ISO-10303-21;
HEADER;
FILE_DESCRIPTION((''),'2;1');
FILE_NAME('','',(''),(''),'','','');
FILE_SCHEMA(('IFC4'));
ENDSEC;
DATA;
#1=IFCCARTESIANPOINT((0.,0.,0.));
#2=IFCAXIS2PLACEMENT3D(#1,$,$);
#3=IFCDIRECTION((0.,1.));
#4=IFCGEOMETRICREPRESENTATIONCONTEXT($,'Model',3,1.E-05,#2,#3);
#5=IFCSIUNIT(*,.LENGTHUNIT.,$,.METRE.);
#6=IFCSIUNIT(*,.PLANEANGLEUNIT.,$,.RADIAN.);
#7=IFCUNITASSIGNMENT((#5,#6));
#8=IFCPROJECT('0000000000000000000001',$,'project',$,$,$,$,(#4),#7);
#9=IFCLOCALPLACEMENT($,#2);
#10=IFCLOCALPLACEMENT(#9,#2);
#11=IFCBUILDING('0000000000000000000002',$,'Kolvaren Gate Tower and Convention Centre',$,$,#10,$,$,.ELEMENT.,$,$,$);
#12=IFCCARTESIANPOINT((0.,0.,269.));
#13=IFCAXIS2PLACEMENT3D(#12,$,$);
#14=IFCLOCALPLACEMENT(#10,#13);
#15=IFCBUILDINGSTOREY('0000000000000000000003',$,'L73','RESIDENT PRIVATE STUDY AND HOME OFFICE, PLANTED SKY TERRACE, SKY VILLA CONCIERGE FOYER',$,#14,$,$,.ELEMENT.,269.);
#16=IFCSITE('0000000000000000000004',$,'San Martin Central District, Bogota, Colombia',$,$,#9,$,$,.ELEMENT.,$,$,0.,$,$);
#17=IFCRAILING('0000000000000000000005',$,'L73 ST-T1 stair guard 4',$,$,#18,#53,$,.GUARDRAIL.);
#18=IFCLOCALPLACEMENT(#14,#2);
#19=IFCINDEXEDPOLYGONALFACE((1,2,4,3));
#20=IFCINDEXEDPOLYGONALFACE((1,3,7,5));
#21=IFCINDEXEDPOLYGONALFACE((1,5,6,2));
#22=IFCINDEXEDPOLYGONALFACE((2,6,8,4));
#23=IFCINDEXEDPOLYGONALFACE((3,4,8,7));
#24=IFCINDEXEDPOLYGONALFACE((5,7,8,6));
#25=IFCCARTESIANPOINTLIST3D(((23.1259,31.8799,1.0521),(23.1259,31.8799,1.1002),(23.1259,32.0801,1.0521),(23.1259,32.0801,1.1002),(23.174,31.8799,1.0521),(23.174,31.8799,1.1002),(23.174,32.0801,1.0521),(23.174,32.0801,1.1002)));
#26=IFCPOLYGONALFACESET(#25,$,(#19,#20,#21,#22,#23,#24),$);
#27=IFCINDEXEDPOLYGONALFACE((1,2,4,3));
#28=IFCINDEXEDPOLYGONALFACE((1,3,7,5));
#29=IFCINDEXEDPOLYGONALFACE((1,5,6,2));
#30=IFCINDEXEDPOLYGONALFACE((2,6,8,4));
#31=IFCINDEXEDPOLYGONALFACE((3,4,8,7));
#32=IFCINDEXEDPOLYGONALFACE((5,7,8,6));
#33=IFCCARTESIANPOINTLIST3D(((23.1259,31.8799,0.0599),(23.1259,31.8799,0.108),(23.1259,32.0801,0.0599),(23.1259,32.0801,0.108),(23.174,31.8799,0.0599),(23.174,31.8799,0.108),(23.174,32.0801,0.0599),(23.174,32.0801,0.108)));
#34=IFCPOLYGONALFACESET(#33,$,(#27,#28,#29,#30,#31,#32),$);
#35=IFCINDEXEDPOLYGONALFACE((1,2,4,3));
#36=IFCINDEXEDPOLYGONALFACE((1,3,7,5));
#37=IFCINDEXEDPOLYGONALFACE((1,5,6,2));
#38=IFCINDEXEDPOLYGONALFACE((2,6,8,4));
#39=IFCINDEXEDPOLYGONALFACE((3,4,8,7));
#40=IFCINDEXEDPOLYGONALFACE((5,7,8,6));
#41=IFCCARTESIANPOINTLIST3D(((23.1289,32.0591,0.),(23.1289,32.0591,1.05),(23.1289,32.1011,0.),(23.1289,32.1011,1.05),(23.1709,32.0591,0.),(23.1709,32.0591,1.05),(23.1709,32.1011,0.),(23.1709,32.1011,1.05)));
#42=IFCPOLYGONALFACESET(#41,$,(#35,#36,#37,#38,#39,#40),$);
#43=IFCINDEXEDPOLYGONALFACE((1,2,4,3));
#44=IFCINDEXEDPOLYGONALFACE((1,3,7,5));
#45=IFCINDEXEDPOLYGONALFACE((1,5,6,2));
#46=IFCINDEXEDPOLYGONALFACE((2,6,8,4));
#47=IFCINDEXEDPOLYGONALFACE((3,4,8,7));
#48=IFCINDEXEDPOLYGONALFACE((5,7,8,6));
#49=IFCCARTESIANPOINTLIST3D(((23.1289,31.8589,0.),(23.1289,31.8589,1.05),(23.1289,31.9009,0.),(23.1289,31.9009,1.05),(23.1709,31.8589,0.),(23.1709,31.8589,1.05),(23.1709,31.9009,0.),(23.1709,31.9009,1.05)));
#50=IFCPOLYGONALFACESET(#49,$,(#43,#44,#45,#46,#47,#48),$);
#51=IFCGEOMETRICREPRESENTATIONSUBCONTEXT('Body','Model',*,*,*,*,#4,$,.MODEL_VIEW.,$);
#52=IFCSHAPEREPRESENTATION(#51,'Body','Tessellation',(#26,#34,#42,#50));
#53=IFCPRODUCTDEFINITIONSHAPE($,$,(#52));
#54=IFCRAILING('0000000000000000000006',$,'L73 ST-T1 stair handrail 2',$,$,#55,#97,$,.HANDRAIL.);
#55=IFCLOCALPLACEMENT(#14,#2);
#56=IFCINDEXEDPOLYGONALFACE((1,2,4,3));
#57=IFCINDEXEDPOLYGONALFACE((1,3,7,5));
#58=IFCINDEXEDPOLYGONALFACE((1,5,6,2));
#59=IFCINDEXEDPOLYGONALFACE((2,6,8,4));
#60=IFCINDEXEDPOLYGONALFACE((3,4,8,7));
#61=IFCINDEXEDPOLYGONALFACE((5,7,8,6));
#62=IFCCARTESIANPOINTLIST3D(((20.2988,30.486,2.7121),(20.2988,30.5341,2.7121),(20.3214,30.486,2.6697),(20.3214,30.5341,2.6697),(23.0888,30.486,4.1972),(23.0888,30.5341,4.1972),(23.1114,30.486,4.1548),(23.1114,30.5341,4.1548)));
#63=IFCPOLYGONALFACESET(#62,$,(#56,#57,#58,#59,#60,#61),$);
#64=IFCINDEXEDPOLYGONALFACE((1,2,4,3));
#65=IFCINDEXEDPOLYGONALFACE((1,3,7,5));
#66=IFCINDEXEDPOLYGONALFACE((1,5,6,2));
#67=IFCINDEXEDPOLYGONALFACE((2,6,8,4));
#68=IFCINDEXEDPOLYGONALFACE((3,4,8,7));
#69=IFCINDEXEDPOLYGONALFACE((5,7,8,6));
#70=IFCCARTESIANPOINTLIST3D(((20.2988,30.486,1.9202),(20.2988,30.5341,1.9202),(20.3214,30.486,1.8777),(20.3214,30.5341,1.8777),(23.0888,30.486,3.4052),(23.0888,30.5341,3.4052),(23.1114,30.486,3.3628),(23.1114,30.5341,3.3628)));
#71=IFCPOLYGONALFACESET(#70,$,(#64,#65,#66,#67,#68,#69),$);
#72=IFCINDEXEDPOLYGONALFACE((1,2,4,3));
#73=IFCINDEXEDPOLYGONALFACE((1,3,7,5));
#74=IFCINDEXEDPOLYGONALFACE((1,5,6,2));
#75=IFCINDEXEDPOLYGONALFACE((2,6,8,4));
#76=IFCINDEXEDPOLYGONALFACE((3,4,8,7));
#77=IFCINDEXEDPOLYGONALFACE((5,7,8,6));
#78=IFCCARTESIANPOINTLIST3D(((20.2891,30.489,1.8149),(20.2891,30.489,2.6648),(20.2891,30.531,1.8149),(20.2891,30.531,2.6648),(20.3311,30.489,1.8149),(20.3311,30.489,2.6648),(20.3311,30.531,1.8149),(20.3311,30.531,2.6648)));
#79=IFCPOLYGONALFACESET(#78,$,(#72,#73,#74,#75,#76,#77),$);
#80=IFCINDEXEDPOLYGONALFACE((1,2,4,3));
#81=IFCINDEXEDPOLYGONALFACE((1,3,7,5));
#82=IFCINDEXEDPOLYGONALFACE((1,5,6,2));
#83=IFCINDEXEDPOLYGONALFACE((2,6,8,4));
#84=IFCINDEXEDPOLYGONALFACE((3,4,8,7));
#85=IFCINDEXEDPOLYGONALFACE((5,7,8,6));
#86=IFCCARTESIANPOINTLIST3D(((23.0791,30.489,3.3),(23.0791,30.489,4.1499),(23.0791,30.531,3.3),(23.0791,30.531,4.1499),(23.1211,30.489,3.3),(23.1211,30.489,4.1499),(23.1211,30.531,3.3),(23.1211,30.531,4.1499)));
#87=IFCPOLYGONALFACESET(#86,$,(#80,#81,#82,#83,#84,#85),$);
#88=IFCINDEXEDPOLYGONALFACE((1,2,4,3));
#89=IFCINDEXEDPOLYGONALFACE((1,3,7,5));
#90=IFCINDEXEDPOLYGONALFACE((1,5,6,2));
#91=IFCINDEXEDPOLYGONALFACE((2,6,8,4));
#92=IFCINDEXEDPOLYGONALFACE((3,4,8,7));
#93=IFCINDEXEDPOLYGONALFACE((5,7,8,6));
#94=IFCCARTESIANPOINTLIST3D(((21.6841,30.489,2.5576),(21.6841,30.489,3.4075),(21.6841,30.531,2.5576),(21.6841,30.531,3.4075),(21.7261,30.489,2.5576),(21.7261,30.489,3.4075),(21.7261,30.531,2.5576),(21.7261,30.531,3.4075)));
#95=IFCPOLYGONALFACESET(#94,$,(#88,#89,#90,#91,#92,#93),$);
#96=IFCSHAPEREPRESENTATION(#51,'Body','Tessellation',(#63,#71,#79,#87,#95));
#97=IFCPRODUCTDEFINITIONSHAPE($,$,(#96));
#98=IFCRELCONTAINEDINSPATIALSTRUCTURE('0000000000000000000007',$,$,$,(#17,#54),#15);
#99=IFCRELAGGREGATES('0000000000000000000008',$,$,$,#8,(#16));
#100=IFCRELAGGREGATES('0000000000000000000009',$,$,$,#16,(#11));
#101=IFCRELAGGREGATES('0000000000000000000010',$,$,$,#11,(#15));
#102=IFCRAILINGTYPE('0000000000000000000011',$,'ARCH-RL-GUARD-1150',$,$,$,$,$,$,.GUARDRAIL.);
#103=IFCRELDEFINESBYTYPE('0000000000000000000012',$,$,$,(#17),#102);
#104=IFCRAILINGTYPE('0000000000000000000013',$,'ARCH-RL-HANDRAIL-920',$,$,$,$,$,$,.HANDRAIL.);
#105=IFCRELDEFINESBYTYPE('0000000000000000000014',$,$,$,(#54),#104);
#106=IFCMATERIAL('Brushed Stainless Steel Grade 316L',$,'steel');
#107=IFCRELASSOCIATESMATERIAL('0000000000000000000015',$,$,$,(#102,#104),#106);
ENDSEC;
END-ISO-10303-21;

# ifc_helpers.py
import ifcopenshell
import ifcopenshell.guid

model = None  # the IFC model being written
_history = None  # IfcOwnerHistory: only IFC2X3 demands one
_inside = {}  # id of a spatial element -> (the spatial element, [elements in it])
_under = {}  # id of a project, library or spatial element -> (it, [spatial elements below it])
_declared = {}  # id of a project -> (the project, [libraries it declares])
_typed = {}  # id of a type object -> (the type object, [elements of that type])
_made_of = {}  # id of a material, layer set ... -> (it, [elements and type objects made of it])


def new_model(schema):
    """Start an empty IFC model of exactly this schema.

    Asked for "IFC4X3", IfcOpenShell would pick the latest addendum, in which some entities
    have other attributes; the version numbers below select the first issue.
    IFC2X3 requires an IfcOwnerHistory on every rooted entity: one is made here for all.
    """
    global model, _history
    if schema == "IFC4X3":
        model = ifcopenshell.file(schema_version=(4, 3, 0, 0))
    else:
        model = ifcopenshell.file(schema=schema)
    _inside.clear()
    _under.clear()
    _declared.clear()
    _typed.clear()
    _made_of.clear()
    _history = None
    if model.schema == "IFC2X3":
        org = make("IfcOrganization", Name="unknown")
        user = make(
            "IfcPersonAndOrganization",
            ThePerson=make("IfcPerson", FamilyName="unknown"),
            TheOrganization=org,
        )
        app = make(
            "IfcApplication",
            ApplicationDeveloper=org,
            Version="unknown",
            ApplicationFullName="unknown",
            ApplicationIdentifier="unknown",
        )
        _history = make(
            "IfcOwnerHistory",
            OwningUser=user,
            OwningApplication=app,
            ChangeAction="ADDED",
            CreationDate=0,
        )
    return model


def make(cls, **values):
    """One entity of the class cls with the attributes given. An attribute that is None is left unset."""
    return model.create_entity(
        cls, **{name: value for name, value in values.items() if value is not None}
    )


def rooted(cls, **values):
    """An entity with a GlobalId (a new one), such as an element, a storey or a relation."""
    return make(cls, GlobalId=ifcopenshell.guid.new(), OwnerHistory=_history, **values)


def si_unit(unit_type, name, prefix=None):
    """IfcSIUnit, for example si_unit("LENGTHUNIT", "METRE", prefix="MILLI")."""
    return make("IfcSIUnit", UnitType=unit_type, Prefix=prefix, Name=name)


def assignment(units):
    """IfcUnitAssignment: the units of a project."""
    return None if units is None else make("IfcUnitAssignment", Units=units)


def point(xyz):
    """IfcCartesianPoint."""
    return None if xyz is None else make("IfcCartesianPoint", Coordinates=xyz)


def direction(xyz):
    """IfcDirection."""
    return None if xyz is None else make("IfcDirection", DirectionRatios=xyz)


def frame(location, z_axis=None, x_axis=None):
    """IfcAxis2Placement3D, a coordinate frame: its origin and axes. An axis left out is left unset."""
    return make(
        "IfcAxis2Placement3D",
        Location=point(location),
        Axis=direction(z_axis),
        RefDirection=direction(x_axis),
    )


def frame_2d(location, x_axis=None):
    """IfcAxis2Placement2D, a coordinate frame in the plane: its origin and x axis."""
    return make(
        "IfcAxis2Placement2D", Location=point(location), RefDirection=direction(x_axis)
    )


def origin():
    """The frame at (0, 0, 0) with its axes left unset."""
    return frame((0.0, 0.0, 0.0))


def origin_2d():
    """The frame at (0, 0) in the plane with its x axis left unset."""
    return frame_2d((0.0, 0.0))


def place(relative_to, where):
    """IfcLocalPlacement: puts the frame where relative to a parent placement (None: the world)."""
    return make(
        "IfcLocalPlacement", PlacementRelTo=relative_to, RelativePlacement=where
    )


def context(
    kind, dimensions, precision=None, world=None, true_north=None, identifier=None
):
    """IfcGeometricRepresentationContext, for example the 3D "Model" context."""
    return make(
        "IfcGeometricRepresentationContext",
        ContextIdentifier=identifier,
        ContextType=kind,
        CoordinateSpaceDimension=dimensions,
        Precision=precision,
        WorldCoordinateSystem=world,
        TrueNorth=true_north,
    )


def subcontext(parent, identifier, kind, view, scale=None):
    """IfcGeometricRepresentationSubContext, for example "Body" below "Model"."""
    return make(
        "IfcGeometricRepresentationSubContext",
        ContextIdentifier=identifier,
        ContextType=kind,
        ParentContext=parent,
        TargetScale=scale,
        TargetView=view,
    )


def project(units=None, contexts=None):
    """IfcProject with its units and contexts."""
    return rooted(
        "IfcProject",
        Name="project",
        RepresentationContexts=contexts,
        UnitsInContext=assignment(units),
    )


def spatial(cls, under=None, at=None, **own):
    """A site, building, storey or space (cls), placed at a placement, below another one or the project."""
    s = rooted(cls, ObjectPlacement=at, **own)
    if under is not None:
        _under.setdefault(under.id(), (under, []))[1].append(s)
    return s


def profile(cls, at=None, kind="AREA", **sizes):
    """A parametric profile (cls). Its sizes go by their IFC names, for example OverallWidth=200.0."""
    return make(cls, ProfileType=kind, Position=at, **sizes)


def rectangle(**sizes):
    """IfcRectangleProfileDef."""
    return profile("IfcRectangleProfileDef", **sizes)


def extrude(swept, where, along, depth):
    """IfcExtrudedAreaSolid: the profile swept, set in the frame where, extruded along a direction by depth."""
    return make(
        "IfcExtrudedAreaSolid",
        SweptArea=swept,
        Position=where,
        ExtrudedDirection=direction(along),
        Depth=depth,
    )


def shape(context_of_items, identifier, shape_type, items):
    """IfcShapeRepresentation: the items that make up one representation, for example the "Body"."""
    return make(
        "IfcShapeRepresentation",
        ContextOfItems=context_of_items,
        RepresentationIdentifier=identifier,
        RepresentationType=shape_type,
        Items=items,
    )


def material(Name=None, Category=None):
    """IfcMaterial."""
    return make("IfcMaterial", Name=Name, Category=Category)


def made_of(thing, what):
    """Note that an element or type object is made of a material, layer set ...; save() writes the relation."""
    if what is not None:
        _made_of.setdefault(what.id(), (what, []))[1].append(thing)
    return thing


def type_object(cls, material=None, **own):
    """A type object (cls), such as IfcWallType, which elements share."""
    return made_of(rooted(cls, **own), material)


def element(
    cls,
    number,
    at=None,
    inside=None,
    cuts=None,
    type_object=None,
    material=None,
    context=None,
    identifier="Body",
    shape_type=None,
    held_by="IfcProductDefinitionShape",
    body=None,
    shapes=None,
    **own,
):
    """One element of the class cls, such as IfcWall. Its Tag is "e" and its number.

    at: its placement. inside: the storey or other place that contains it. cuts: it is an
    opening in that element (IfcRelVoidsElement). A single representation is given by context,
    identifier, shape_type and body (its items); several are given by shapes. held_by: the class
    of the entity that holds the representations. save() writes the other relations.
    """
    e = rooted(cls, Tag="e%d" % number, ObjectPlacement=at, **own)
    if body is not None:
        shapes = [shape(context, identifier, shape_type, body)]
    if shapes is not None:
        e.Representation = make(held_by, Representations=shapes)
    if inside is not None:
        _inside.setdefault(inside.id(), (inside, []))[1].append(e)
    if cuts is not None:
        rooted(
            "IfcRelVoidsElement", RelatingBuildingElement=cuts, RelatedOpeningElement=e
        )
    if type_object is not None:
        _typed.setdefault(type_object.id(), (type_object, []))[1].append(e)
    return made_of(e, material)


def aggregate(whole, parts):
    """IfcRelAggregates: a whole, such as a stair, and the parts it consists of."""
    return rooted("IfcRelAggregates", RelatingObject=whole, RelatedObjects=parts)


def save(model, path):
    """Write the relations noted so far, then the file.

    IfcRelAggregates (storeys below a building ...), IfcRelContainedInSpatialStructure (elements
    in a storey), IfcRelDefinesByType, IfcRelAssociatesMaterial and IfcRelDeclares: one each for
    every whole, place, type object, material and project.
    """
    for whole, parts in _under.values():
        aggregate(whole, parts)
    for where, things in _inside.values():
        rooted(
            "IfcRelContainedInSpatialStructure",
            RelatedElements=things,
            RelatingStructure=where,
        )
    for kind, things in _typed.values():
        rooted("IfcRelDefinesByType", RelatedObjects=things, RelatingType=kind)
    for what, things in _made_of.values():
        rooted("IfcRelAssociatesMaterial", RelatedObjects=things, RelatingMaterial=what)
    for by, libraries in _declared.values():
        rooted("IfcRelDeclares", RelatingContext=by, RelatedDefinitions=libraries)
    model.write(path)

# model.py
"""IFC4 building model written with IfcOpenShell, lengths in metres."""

from ifc_helpers import new_model, si_unit, direction, frame, origin, origin_2d, place, context, subcontext, project, spatial, rectangle, extrude, material, type_object, element, save


model = new_model("IFC4")

# Units and contexts
model_context = context("Model", 3, precision=1e-05, world=origin(), true_north=direction((0.0, 1.0)))
body_context = subcontext(model_context, "Body", "Model", "MODEL_VIEW")
ifc_project = project(units=[si_unit("LENGTHUNIT", "METRE"), si_unit("PLANEANGLEUNIT", "RADIAN")], contexts=[model_context])

# Site, building, storey
site_placement = place(None, origin())
site = spatial("IfcSite", under=ifc_project, at=site_placement, Name="San Martin Central District, Bogota, Colombia", CompositionType="ELEMENT", RefElevation=0.0)
building_placement = place(site_placement, origin())
building = spatial("IfcBuilding", under=site, at=building_placement, Name="Kolvaren Gate Tower and Convention Centre", CompositionType="ELEMENT")
storey_placement = place(building_placement, frame((0.0, 0.0, 269.0)))
storey = spatial("IfcBuildingStorey", under=building, at=storey_placement, Name="L73", Description="RESIDENT PRIVATE STUDY AND HOME OFFICE, PLANTED SKY TERRACE, SKY VILLA CONCIERGE FOYER", CompositionType="ELEMENT", Elevation=269.0)

# Shared definitions
ifc_material_1 = material(Name="Brushed Stainless Steel Grade 316L", Category="steel")

# Railings
railing_type_1 = type_object("IfcRailingType", Name="ARCH-RL-GUARD-1150", PredefinedType="GUARDRAIL", material=ifc_material_1)
railing_1_placement = place(storey_placement, frame((23.1499, 32.0801, 0.0)))
element("IfcRailing", 1, at=railing_1_placement, inside=storey, type_object=railing_type_1, Name="L73 ST-T1 stair guard 4", PredefinedType="GUARDRAIL", context=body_context, shape_type="SweptSolid", body=[
    extrude(rectangle(XDim=0.0481, YDim=0.0481, at=origin_2d()), frame((0.0, 0.0, 1.0762), z_axis=(0.0, -1.0, 0.0), x_axis=(1.0, 0.0, 0.0)), (0.0, 0.0, 1.0), 0.2002),
    extrude(rectangle(XDim=0.0481, YDim=0.0481, at=origin_2d()), frame((0.0, 0.0, 0.084), z_axis=(0.0, -1.0, 0.0), x_axis=(1.0, 0.0, 0.0)), (0.0, 0.0, 1.0), 0.2002),
    extrude(rectangle(XDim=0.042, YDim=0.042, at=origin_2d()), origin(), (0.0, 0.0, 1.0), 1.05),
    extrude(rectangle(XDim=0.042, YDim=0.042, at=origin_2d()), frame((0.0, -0.2002, 0.0)), (0.0, 0.0, 1.0), 1.05),
])
railing_type_2 = type_object("IfcRailingType", Name="ARCH-RL-HANDRAIL-920", PredefinedType="HANDRAIL", material=ifc_material_1)
railing_2_placement = place(storey_placement, frame((20.3101, 30.51, 1.8149)))
element("IfcRailing", 2, at=railing_2_placement, inside=storey, type_object=railing_type_2, Name="L73 ST-T1 stair handrail 2", PredefinedType="HANDRAIL", context=body_context, shape_type="SweptSolid", body=[
    extrude(rectangle(XDim=0.0481, YDim=0.0481, at=origin_2d()), frame((0.0, 0.0, 0.876), z_axis=(0.882735, 0.0, 0.46987), x_axis=(0.0, 1.0, 0.0)), (0.0, 0.0, 1.0), 3.1606),
    extrude(rectangle(XDim=0.0481, YDim=0.0481, at=origin_2d()), frame((0.0, 0.0, 0.084), z_axis=(0.882735, 0.0, 0.46987), x_axis=(0.0, 1.0, 0.0)), (0.0, 0.0, 1.0), 3.1606),
    extrude(rectangle(XDim=0.042, YDim=0.042, at=origin_2d()), origin(), (0.0, 0.0, 1.0), 0.8499),
    extrude(rectangle(XDim=0.042, YDim=0.042, at=origin_2d()), frame((2.79, 0.0, 1.4851)), (0.0, 0.0, 1.0), 0.8499),
    extrude(rectangle(XDim=0.042, YDim=0.042, at=origin_2d()), frame((1.395, 0.0, 0.7427)), (0.0, 0.0, 1.0), 0.8499),
])

save(model, "model.ifc")
